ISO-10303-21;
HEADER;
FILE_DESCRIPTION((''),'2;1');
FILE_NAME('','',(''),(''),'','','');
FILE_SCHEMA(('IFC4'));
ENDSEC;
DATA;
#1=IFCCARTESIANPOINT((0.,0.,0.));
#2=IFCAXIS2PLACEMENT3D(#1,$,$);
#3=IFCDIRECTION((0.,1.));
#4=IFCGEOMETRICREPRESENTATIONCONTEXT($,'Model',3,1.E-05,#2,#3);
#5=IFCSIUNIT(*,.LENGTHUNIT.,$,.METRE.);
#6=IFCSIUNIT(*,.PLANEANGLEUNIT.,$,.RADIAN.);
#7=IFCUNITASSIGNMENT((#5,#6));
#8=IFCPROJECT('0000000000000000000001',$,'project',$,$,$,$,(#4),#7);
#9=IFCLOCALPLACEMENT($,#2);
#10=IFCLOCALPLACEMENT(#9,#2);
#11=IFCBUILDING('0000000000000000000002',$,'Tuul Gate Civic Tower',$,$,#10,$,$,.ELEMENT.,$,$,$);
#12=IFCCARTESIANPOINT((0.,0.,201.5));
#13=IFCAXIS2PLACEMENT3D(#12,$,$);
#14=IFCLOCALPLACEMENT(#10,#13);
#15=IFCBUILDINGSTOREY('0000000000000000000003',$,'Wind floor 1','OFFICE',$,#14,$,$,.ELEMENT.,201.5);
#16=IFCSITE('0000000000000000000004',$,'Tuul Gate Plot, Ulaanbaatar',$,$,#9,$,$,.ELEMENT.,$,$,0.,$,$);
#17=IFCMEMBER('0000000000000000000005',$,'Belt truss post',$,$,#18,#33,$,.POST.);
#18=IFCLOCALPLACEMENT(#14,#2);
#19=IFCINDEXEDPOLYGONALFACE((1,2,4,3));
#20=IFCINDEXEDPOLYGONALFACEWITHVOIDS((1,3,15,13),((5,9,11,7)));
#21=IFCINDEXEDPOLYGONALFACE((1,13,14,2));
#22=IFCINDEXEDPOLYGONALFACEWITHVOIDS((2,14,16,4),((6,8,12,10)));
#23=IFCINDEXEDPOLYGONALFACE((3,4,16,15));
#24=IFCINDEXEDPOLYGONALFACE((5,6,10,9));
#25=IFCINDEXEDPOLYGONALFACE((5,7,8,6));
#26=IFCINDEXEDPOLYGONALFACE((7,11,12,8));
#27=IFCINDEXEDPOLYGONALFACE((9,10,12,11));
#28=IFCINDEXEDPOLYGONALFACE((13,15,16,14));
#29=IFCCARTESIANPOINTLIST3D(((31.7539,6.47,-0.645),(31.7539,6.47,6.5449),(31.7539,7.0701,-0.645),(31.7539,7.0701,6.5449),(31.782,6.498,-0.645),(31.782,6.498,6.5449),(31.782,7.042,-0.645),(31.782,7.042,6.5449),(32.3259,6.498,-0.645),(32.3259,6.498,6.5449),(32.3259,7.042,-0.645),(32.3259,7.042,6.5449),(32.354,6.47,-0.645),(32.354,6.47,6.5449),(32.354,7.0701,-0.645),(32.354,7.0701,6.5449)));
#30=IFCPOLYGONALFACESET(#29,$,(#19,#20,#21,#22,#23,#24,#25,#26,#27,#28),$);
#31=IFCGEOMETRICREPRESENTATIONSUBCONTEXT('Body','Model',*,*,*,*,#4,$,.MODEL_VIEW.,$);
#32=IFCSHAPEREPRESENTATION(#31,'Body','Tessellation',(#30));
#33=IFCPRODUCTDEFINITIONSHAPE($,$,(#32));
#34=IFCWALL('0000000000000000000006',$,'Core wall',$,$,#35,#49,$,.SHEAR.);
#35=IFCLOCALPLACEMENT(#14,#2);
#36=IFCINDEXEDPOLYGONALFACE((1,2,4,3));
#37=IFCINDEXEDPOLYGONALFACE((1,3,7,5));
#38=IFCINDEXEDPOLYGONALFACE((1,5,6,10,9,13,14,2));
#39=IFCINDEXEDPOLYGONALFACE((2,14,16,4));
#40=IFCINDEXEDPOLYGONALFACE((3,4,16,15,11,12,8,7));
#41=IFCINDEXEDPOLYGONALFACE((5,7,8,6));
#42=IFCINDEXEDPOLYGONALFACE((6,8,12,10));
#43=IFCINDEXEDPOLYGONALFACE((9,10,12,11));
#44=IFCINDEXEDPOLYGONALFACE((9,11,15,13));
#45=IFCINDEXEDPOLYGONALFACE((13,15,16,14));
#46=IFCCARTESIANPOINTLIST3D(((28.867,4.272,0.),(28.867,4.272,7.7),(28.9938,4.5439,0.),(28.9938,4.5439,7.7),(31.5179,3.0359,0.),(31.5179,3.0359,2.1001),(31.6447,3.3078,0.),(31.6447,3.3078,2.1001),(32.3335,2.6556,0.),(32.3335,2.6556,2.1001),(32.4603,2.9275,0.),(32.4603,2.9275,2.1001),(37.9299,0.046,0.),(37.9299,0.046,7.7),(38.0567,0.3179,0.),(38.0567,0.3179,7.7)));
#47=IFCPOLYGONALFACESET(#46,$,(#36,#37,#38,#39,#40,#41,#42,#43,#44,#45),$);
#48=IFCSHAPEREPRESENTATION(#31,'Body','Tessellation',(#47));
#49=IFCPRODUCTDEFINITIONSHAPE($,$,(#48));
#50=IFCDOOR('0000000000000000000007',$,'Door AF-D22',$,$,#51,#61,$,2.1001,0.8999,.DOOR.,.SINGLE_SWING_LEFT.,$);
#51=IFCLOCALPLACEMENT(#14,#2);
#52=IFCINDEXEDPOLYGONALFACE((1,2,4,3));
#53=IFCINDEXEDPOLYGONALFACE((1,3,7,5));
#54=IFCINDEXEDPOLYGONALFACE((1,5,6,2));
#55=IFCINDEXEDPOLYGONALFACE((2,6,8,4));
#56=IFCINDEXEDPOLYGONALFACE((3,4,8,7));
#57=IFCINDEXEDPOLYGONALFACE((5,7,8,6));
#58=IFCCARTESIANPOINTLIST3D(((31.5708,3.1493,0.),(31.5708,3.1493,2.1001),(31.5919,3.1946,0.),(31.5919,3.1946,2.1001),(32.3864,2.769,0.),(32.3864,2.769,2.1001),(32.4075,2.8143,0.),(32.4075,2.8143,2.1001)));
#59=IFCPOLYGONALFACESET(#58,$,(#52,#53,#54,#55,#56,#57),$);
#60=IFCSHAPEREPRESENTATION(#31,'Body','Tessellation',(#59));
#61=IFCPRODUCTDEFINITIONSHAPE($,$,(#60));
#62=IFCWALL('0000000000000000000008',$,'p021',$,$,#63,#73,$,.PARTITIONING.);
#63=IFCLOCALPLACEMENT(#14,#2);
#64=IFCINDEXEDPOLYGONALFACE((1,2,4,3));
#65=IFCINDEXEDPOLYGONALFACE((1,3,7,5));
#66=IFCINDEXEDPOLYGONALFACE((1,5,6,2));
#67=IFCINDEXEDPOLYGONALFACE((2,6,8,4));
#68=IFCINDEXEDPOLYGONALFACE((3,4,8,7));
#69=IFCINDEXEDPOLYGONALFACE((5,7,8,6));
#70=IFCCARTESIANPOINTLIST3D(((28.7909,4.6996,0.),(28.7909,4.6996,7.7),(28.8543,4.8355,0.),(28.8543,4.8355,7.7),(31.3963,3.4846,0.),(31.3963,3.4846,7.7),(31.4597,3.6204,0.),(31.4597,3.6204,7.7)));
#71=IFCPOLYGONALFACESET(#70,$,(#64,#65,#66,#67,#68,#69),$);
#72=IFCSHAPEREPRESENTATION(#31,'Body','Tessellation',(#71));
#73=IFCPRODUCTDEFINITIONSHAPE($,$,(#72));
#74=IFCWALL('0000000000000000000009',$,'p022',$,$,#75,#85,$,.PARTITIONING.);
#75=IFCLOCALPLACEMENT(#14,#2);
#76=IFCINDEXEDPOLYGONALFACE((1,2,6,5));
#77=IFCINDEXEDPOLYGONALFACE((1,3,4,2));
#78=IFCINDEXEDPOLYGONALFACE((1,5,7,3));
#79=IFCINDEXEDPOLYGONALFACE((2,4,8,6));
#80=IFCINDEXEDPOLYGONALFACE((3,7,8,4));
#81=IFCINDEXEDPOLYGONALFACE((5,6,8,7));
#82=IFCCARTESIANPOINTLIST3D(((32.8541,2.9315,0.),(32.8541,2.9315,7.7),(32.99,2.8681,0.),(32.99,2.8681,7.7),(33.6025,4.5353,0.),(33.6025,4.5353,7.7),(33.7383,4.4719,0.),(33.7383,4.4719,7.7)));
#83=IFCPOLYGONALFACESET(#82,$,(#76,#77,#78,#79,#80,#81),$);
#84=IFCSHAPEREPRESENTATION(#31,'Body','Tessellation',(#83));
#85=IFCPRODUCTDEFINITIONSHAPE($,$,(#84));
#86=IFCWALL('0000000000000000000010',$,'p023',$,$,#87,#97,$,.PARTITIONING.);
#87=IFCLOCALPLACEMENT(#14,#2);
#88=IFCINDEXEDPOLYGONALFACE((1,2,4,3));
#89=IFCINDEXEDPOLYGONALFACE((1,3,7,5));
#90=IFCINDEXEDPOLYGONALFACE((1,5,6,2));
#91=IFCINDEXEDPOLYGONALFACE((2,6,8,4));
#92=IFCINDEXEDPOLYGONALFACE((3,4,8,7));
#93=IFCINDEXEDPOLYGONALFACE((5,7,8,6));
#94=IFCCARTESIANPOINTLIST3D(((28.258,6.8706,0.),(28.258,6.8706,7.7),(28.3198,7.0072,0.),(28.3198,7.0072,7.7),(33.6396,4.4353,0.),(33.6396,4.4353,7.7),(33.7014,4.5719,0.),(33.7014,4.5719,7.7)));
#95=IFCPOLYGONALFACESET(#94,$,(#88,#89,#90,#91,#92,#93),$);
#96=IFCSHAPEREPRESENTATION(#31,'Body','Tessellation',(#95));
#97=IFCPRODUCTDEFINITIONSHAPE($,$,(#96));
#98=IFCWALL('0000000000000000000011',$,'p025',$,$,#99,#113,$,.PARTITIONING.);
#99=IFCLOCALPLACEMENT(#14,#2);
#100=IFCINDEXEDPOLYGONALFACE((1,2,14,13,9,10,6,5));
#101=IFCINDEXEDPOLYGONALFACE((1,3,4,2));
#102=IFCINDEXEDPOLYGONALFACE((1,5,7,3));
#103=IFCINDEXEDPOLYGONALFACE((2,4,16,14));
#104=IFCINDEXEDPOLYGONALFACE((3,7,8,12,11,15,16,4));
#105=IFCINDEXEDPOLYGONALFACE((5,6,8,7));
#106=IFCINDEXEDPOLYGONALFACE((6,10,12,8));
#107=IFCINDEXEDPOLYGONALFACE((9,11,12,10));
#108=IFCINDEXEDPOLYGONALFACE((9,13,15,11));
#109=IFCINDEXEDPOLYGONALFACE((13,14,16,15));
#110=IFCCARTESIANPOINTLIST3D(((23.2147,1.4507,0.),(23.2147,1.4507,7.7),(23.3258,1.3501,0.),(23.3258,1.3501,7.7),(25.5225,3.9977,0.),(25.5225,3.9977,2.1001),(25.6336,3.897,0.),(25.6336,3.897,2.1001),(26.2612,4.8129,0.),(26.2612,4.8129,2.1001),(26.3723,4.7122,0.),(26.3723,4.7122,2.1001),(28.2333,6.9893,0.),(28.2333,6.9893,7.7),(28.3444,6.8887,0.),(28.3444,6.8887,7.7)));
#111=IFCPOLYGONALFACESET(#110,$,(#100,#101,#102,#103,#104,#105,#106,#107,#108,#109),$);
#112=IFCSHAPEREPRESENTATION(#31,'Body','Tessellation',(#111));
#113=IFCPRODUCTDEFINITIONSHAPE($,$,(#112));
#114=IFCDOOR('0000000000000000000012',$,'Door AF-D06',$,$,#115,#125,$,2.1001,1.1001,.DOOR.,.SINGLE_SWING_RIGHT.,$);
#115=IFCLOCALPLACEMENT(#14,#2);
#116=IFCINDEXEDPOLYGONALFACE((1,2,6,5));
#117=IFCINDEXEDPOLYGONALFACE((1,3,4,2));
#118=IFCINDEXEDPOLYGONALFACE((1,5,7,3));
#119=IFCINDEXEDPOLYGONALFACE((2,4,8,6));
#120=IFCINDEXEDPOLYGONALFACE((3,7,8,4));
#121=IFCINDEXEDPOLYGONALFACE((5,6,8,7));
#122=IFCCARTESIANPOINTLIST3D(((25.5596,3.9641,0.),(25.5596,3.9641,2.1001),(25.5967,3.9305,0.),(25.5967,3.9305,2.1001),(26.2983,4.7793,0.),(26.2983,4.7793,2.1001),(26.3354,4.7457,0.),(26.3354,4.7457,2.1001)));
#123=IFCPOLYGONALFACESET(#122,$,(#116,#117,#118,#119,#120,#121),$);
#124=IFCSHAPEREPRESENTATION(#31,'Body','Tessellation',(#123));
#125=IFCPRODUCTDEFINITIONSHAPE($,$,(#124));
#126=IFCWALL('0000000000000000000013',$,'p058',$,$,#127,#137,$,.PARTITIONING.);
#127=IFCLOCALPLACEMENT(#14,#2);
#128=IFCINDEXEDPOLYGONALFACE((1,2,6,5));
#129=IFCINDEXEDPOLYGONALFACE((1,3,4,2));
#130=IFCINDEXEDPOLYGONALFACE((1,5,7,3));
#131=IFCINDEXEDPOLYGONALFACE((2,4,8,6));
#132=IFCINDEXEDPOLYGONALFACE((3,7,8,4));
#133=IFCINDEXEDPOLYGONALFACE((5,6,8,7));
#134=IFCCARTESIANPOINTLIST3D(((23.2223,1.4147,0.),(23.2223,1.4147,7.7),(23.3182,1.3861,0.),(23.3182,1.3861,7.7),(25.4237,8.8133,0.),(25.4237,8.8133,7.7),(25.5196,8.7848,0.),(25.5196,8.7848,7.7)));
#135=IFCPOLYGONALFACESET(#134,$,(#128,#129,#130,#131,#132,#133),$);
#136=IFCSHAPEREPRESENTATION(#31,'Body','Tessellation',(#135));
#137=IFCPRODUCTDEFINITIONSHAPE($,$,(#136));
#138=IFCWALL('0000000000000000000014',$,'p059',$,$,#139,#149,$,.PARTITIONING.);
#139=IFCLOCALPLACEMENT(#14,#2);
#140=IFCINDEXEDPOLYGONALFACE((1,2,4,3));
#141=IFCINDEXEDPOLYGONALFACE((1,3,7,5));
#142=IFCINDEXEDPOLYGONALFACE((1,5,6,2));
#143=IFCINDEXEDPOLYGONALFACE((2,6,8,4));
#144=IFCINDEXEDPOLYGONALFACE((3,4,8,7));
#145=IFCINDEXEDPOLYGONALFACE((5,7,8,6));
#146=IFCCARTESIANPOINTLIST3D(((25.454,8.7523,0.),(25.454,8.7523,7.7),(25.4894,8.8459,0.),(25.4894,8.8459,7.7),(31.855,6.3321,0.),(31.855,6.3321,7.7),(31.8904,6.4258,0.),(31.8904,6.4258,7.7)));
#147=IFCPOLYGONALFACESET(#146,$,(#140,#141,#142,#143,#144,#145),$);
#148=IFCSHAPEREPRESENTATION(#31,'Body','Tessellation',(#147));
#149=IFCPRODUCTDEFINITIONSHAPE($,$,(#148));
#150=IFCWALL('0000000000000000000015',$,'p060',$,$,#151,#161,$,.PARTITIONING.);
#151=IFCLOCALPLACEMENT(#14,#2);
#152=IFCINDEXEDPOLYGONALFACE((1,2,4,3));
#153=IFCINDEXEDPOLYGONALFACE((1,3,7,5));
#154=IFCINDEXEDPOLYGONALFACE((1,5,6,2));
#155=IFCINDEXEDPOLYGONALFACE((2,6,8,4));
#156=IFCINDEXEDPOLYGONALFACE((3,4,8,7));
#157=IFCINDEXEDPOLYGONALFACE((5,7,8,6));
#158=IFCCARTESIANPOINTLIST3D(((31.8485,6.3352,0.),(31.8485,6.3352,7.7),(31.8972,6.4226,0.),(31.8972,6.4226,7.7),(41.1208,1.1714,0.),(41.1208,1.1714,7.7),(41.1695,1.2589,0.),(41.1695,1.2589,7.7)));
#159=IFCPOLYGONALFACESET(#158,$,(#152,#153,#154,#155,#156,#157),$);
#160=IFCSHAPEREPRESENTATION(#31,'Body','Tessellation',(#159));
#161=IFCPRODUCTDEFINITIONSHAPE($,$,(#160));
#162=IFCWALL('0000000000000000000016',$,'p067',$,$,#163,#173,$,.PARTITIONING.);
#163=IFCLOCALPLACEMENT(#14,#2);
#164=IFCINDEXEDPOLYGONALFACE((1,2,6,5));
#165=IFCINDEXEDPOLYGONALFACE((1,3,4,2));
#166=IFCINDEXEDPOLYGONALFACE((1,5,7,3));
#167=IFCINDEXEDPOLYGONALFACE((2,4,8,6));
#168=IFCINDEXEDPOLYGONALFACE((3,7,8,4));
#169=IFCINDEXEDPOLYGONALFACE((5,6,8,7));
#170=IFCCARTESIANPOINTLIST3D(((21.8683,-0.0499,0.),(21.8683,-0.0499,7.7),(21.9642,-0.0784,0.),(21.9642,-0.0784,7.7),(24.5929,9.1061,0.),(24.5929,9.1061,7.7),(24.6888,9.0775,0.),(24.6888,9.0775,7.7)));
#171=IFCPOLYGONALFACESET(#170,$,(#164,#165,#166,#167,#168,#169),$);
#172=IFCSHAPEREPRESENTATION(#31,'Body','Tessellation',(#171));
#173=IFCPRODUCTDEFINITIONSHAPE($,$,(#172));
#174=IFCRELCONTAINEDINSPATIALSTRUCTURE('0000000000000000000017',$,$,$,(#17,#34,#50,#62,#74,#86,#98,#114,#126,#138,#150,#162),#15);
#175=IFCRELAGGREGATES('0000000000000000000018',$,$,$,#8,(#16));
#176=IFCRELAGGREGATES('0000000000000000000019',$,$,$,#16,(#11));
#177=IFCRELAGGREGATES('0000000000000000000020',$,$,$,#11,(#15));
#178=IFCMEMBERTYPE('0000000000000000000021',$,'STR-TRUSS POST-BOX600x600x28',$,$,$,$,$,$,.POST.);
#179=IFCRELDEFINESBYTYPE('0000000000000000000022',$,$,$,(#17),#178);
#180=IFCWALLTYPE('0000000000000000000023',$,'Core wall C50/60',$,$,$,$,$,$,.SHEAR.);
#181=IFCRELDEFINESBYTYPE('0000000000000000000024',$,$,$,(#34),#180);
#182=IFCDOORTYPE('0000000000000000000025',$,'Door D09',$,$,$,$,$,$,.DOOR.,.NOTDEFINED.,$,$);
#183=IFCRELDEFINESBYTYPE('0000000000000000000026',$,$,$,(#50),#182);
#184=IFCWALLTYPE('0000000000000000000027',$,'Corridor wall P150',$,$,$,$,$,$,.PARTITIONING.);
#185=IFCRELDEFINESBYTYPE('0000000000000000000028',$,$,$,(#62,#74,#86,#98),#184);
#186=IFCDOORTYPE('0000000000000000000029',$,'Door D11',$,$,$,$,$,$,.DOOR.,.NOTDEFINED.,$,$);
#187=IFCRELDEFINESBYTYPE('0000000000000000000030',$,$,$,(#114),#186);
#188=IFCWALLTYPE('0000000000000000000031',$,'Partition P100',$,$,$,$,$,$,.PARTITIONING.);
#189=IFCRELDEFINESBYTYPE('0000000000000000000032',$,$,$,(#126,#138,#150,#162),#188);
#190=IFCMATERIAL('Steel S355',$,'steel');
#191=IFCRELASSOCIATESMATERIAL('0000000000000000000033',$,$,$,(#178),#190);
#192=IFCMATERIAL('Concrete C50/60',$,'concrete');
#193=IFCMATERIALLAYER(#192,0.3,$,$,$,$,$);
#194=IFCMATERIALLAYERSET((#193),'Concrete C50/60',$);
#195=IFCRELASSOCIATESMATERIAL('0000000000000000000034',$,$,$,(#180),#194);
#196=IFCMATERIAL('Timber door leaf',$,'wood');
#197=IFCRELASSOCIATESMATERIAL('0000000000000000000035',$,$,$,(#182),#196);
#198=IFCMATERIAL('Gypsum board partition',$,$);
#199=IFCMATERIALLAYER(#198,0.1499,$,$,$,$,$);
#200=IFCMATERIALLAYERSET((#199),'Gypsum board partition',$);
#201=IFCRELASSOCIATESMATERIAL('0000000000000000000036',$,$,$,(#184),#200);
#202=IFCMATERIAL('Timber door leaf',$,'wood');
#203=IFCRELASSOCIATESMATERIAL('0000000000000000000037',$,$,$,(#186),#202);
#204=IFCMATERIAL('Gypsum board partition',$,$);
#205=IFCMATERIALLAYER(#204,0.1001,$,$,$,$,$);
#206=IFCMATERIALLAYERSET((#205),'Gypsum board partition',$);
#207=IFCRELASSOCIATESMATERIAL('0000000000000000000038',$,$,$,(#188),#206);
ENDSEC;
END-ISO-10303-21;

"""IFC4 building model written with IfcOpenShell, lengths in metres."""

from ifc_helpers import new_model, si_unit, direction, frame, frame_2d, origin, origin_2d, place, context, subcontext, project, spatial, rectangle, hollow_rectangle, extrude, material, layer, layer_set, material_profile, profile_set, type_object, element, fill, save


model = new_model("IFC4")

# Units and contexts
model_context = context("Model", 3, precision=1e-05, world=origin(), true_north=direction((0.0, 1.0)))
body_context = subcontext(model_context, "Body", "Model", "MODEL_VIEW")
ifc_project = project(units=[si_unit("LENGTHUNIT", "METRE"), si_unit("PLANEANGLEUNIT", "RADIAN")], contexts=[model_context])

# Site, building, storey
site_placement = place(None, origin())
site = spatial("IfcSite", under=ifc_project, at=site_placement, Name="Tuul Gate Plot, Ulaanbaatar", CompositionType="ELEMENT", RefElevation=0.0)
building_placement = place(site_placement, origin())
building = spatial("IfcBuilding", under=site, at=building_placement, Name="Tuul Gate Civic Tower", CompositionType="ELEMENT")
storey_placement = place(building_placement, frame((0.0, 0.0, 201.5)))
storey = spatial("IfcBuildingStorey", under=building, at=storey_placement, Name="Wind floor 1", Description="OFFICE", CompositionType="ELEMENT", Elevation=201.5)

# Member
ifc_material_1 = material(Name="Steel S355", Category="steel")
ifc_material_profile_1 = material_profile(ifc_material_1, hollow_rectangle(XDim=0.6001, YDim=0.6001, WallThickness=0.0281, at=origin_2d()), Name="BOX600x600x28")
ifc_profile_set_1 = profile_set([ifc_material_profile_1], Name="Steel S355")
member_type_1 = type_object("IfcMemberType", Name="STR-TRUSS POST-BOX600x600x28", PredefinedType="POST", material=ifc_profile_set_1)
member_1_placement = place(storey_placement, frame((32.054, 6.77, -0.645), z_axis=(0.0, 0.0, 1.0), x_axis=(1.0, 0.0, 0.0)))
element("IfcMember", 1, at=member_1_placement, inside=storey, type_object=member_type_1, Name="Belt truss post", PredefinedType="POST", context=body_context, shape_type="SweptSolid", body=[
    extrude(hollow_rectangle(XDim=0.6001, YDim=0.6001, WallThickness=0.0281, at=origin_2d()), origin(), (0.0, 0.0, 1.0), 7.1899),
])

# Wall, opening, door
ifc_material_2 = material(Name="Concrete C50/60", Category="concrete")
ifc_layer_1 = layer(ifc_material_2, 0.3)
ifc_layer_set_1 = layer_set([ifc_layer_1], Name="Concrete C50/60")
wall_type_1 = type_object("IfcWallType", Name="Core wall C50/60", PredefinedType="SHEAR", material=ifc_layer_set_1)
wall_1_placement = place(storey_placement, frame((37.9934, 0.1819, 0.0), z_axis=(0.0, 0.0, 1.0), x_axis=(-0.90631, 0.422613, 0.0)))
wall_1 = element("IfcWall", 2, at=wall_1_placement, inside=storey, type_object=wall_type_1, Name="Core wall", PredefinedType="SHEAR", context=body_context, shape_type="SweptSolid", body=[
    extrude(rectangle(XDim=9.9998, YDim=0.3, at=frame_2d((5.0, 0.0))), origin(), (0.0, 0.0, 1.0), 7.7),
])
opening_1_placement = place(wall_1_placement, frame((6.175, 0.0, 0.0)))
opening_1 = element("IfcOpeningElement", 3, at=opening_1_placement, cuts=wall_1, PredefinedType="OPENING", context=body_context, shape_type="SweptSolid", body=[
    extrude(rectangle(XDim=0.8999, YDim=2.1001, at=frame_2d((0.45, 1.05))), frame((0.0, 0.1602, 0.0), z_axis=(0.0, -1.0, 0.0), x_axis=(1.0, 0.0, 0.0)), (0.0, 0.0, 1.0), 0.3201),
])
ifc_material_3 = material(Name="Timber door leaf", Category="wood")
door_type_1 = type_object("IfcDoorType", Name="Door D09", OperationType="NOTDEFINED", PredefinedType="DOOR", material=ifc_material_3)
door_1_placement = place(opening_1_placement, origin())
door_1 = element("IfcDoor", 4, at=door_1_placement, inside=storey, type_object=door_type_1, Name="Door AF-D22", OperationType="SINGLE_SWING_LEFT", OverallHeight=2.1001, OverallWidth=0.8999, PredefinedType="DOOR", context=body_context, shape_type="SweptSolid", body=[
    extrude(rectangle(XDim=0.8999, YDim=2.1001, at=frame_2d((0.45, 1.05))), frame((0.0, 0.0249, 0.0), z_axis=(0.0, -1.0, 0.0), x_axis=(1.0, 0.0, 0.0)), (0.0, 0.0, 1.0), 0.05),
])
fill(opening_1, door_1)

# Walls
ifc_material_4 = material(Name="Gypsum board partition")
ifc_layer_2 = layer(ifc_material_4, 0.1499)
ifc_layer_set_2 = layer_set([ifc_layer_2], Name="Gypsum board partition")
wall_type_2 = type_object("IfcWallType", Name="Corridor wall P150", PredefinedType="PARTITIONING", material=ifc_layer_set_2)
wall_2_placement = place(storey_placement, frame((28.8225, 4.7676, 0.0), z_axis=(0.0, 0.0, 1.0), x_axis=(0.906289, -0.422658, 0.0)))
element("IfcWall", 5, at=wall_2_placement, inside=storey, type_object=wall_type_2, Name="p021", PredefinedType="PARTITIONING", context=body_context, shape_type="SweptSolid", body=[
    extrude(rectangle(XDim=2.8748, YDim=0.1499, at=frame_2d((1.4375, 0.0))), origin(), (0.0, 0.0, 1.0), 7.7),
])
wall_3_placement = place(storey_placement, frame((32.9221, 2.8999, 0.0), z_axis=(0.0, 0.0, 1.0), x_axis=(0.422825, 0.906211, 0.0)))
element("IfcWall", 6, at=wall_3_placement, inside=storey, type_object=wall_type_2, Name="p022", PredefinedType="PARTITIONING", context=body_context, shape_type="SweptSolid", body=[
    extrude(rectangle(XDim=1.7698, YDim=0.1499, at=frame_2d((0.8848, 0.0))), origin(), (0.0, 0.0, 1.0), 7.7),
])
wall_4_placement = place(storey_placement, frame((28.2888, 6.939, 0.0), z_axis=(0.0, 0.0, 1.0), x_axis=(0.911059, -0.412277, 0.0)))
element("IfcWall", 7, at=wall_4_placement, inside=storey, type_object=wall_type_2, Name="p023", PredefinedType="PARTITIONING", context=body_context, shape_type="SweptSolid", body=[
    extrude(rectangle(XDim=5.907, YDim=0.1499, at=frame_2d((2.9536, 0.0))), origin(), (0.0, 0.0, 1.0), 7.7),
])

# Wall, opening, door
wall_5_placement = place(storey_placement, frame((23.2703, 1.4004, 0.0), z_axis=(0.0, 0.0, 1.0), x_axis=(0.671462, 0.741039, 0.0)))
wall_5 = element("IfcWall", 8, at=wall_5_placement, inside=storey, type_object=wall_type_2, Name="p025", PredefinedType="PARTITIONING", context=body_context, shape_type="SweptSolid", body=[
    extrude(rectangle(XDim=7.4741, YDim=0.1499, at=frame_2d((3.7371, 0.0))), origin(), (0.0, 0.0, 1.0), 7.7),
])
opening_2_placement = place(wall_5_placement, frame((3.437, 0.0, 0.0)))
opening_2 = element("IfcOpeningElement", 9, at=opening_2_placement, cuts=wall_5, PredefinedType="OPENING", context=body_context, shape_type="SweptSolid", body=[
    extrude(rectangle(XDim=1.1001, YDim=2.1001, at=frame_2d((0.55, 1.05))), frame((0.0, 0.085, 0.0), z_axis=(0.0, -1.0, 0.0), x_axis=(1.0, 0.0, 0.0)), (0.0, 0.0, 1.0), 0.1699),
])
ifc_material_5 = material(Name="Timber door leaf", Category="wood")
door_type_2 = type_object("IfcDoorType", Name="Door D11", OperationType="NOTDEFINED", PredefinedType="DOOR", material=ifc_material_5)
door_2_placement = place(opening_2_placement, origin())
door_2 = element("IfcDoor", 10, at=door_2_placement, inside=storey, type_object=door_type_2, Name="Door AF-D06", OperationType="SINGLE_SWING_RIGHT", OverallHeight=2.1001, OverallWidth=1.1001, PredefinedType="DOOR", context=body_context, shape_type="SweptSolid", body=[
    extrude(rectangle(XDim=1.1001, YDim=2.1001, at=frame_2d((0.55, 1.05))), frame((0.0, 0.0249, 0.0), z_axis=(0.0, -1.0, 0.0), x_axis=(1.0, 0.0, 0.0)), (0.0, 0.0, 1.0), 0.05),
])
fill(opening_2, door_2)

# Walls
ifc_material_6 = material(Name="Gypsum board partition")
ifc_layer_3 = layer(ifc_material_6, 0.1001)
ifc_layer_set_3 = layer_set([ifc_layer_3], Name="Gypsum board partition")
wall_type_3 = type_object("IfcWallType", Name="Partition P100", PredefinedType="PARTITIONING", material=ifc_layer_set_3)
wall_6_placement = place(storey_placement, frame((23.2703, 1.4004, 0.0), z_axis=(0.0, 0.0, 1.0), x_axis=(0.285185, 0.958472, 0.0)))
element("IfcWall", 11, at=wall_6_placement, inside=storey, type_object=wall_type_3, Name="p058", PredefinedType="PARTITIONING", context=body_context, shape_type="SweptSolid", body=[
    extrude(rectangle(XDim=7.7192, YDim=0.1001, at=frame_2d((3.8596, 0.0))), origin(), (0.0, 0.0, 1.0), 7.7),
])
wall_7_placement = place(storey_placement, frame((25.4717, 8.7991, 0.0), z_axis=(0.0, 0.0, 1.0), x_axis=(0.935377, -0.353652, 0.0)))
element("IfcWall", 12, at=wall_7_placement, inside=storey, type_object=wall_type_3, Name="p059", PredefinedType="PARTITIONING", context=body_context, shape_type="SweptSolid", body=[
    extrude(rectangle(XDim=6.8433, YDim=0.1001, at=frame_2d((3.4216, 0.0))), origin(), (0.0, 0.0, 1.0), 7.7),
])
wall_8_placement = place(storey_placement, frame((31.8728, 6.3789, 0.0), z_axis=(0.0, 0.0, 1.0), x_axis=(0.873659, -0.486539, 0.0)))
element("IfcWall", 13, at=wall_8_placement, inside=storey, type_object=wall_type_3, Name="p060", PredefinedType="PARTITIONING", context=body_context, shape_type="SweptSolid", body=[
    extrude(rectangle(XDim=10.6133, YDim=0.1001, at=frame_2d((5.3066, 0.0))), origin(), (0.0, 0.0, 1.0), 7.7),
])
wall_9_placement = place(storey_placement, frame((24.6409, 9.0918, 0.0), z_axis=(0.0, 0.0, 1.0), x_axis=(-0.285216, -0.958463, 0.0)))
element("IfcWall", 14, at=wall_9_placement, inside=storey, type_object=wall_type_3, Name="p067", PredefinedType="PARTITIONING", context=body_context, shape_type="SweptSolid", body=[
    extrude(rectangle(XDim=9.5527, YDim=0.1001, at=frame_2d((4.7764, 0.0))), origin(), (0.0, 0.0, 1.0), 7.7),
])

save(model, "model.ifc")
